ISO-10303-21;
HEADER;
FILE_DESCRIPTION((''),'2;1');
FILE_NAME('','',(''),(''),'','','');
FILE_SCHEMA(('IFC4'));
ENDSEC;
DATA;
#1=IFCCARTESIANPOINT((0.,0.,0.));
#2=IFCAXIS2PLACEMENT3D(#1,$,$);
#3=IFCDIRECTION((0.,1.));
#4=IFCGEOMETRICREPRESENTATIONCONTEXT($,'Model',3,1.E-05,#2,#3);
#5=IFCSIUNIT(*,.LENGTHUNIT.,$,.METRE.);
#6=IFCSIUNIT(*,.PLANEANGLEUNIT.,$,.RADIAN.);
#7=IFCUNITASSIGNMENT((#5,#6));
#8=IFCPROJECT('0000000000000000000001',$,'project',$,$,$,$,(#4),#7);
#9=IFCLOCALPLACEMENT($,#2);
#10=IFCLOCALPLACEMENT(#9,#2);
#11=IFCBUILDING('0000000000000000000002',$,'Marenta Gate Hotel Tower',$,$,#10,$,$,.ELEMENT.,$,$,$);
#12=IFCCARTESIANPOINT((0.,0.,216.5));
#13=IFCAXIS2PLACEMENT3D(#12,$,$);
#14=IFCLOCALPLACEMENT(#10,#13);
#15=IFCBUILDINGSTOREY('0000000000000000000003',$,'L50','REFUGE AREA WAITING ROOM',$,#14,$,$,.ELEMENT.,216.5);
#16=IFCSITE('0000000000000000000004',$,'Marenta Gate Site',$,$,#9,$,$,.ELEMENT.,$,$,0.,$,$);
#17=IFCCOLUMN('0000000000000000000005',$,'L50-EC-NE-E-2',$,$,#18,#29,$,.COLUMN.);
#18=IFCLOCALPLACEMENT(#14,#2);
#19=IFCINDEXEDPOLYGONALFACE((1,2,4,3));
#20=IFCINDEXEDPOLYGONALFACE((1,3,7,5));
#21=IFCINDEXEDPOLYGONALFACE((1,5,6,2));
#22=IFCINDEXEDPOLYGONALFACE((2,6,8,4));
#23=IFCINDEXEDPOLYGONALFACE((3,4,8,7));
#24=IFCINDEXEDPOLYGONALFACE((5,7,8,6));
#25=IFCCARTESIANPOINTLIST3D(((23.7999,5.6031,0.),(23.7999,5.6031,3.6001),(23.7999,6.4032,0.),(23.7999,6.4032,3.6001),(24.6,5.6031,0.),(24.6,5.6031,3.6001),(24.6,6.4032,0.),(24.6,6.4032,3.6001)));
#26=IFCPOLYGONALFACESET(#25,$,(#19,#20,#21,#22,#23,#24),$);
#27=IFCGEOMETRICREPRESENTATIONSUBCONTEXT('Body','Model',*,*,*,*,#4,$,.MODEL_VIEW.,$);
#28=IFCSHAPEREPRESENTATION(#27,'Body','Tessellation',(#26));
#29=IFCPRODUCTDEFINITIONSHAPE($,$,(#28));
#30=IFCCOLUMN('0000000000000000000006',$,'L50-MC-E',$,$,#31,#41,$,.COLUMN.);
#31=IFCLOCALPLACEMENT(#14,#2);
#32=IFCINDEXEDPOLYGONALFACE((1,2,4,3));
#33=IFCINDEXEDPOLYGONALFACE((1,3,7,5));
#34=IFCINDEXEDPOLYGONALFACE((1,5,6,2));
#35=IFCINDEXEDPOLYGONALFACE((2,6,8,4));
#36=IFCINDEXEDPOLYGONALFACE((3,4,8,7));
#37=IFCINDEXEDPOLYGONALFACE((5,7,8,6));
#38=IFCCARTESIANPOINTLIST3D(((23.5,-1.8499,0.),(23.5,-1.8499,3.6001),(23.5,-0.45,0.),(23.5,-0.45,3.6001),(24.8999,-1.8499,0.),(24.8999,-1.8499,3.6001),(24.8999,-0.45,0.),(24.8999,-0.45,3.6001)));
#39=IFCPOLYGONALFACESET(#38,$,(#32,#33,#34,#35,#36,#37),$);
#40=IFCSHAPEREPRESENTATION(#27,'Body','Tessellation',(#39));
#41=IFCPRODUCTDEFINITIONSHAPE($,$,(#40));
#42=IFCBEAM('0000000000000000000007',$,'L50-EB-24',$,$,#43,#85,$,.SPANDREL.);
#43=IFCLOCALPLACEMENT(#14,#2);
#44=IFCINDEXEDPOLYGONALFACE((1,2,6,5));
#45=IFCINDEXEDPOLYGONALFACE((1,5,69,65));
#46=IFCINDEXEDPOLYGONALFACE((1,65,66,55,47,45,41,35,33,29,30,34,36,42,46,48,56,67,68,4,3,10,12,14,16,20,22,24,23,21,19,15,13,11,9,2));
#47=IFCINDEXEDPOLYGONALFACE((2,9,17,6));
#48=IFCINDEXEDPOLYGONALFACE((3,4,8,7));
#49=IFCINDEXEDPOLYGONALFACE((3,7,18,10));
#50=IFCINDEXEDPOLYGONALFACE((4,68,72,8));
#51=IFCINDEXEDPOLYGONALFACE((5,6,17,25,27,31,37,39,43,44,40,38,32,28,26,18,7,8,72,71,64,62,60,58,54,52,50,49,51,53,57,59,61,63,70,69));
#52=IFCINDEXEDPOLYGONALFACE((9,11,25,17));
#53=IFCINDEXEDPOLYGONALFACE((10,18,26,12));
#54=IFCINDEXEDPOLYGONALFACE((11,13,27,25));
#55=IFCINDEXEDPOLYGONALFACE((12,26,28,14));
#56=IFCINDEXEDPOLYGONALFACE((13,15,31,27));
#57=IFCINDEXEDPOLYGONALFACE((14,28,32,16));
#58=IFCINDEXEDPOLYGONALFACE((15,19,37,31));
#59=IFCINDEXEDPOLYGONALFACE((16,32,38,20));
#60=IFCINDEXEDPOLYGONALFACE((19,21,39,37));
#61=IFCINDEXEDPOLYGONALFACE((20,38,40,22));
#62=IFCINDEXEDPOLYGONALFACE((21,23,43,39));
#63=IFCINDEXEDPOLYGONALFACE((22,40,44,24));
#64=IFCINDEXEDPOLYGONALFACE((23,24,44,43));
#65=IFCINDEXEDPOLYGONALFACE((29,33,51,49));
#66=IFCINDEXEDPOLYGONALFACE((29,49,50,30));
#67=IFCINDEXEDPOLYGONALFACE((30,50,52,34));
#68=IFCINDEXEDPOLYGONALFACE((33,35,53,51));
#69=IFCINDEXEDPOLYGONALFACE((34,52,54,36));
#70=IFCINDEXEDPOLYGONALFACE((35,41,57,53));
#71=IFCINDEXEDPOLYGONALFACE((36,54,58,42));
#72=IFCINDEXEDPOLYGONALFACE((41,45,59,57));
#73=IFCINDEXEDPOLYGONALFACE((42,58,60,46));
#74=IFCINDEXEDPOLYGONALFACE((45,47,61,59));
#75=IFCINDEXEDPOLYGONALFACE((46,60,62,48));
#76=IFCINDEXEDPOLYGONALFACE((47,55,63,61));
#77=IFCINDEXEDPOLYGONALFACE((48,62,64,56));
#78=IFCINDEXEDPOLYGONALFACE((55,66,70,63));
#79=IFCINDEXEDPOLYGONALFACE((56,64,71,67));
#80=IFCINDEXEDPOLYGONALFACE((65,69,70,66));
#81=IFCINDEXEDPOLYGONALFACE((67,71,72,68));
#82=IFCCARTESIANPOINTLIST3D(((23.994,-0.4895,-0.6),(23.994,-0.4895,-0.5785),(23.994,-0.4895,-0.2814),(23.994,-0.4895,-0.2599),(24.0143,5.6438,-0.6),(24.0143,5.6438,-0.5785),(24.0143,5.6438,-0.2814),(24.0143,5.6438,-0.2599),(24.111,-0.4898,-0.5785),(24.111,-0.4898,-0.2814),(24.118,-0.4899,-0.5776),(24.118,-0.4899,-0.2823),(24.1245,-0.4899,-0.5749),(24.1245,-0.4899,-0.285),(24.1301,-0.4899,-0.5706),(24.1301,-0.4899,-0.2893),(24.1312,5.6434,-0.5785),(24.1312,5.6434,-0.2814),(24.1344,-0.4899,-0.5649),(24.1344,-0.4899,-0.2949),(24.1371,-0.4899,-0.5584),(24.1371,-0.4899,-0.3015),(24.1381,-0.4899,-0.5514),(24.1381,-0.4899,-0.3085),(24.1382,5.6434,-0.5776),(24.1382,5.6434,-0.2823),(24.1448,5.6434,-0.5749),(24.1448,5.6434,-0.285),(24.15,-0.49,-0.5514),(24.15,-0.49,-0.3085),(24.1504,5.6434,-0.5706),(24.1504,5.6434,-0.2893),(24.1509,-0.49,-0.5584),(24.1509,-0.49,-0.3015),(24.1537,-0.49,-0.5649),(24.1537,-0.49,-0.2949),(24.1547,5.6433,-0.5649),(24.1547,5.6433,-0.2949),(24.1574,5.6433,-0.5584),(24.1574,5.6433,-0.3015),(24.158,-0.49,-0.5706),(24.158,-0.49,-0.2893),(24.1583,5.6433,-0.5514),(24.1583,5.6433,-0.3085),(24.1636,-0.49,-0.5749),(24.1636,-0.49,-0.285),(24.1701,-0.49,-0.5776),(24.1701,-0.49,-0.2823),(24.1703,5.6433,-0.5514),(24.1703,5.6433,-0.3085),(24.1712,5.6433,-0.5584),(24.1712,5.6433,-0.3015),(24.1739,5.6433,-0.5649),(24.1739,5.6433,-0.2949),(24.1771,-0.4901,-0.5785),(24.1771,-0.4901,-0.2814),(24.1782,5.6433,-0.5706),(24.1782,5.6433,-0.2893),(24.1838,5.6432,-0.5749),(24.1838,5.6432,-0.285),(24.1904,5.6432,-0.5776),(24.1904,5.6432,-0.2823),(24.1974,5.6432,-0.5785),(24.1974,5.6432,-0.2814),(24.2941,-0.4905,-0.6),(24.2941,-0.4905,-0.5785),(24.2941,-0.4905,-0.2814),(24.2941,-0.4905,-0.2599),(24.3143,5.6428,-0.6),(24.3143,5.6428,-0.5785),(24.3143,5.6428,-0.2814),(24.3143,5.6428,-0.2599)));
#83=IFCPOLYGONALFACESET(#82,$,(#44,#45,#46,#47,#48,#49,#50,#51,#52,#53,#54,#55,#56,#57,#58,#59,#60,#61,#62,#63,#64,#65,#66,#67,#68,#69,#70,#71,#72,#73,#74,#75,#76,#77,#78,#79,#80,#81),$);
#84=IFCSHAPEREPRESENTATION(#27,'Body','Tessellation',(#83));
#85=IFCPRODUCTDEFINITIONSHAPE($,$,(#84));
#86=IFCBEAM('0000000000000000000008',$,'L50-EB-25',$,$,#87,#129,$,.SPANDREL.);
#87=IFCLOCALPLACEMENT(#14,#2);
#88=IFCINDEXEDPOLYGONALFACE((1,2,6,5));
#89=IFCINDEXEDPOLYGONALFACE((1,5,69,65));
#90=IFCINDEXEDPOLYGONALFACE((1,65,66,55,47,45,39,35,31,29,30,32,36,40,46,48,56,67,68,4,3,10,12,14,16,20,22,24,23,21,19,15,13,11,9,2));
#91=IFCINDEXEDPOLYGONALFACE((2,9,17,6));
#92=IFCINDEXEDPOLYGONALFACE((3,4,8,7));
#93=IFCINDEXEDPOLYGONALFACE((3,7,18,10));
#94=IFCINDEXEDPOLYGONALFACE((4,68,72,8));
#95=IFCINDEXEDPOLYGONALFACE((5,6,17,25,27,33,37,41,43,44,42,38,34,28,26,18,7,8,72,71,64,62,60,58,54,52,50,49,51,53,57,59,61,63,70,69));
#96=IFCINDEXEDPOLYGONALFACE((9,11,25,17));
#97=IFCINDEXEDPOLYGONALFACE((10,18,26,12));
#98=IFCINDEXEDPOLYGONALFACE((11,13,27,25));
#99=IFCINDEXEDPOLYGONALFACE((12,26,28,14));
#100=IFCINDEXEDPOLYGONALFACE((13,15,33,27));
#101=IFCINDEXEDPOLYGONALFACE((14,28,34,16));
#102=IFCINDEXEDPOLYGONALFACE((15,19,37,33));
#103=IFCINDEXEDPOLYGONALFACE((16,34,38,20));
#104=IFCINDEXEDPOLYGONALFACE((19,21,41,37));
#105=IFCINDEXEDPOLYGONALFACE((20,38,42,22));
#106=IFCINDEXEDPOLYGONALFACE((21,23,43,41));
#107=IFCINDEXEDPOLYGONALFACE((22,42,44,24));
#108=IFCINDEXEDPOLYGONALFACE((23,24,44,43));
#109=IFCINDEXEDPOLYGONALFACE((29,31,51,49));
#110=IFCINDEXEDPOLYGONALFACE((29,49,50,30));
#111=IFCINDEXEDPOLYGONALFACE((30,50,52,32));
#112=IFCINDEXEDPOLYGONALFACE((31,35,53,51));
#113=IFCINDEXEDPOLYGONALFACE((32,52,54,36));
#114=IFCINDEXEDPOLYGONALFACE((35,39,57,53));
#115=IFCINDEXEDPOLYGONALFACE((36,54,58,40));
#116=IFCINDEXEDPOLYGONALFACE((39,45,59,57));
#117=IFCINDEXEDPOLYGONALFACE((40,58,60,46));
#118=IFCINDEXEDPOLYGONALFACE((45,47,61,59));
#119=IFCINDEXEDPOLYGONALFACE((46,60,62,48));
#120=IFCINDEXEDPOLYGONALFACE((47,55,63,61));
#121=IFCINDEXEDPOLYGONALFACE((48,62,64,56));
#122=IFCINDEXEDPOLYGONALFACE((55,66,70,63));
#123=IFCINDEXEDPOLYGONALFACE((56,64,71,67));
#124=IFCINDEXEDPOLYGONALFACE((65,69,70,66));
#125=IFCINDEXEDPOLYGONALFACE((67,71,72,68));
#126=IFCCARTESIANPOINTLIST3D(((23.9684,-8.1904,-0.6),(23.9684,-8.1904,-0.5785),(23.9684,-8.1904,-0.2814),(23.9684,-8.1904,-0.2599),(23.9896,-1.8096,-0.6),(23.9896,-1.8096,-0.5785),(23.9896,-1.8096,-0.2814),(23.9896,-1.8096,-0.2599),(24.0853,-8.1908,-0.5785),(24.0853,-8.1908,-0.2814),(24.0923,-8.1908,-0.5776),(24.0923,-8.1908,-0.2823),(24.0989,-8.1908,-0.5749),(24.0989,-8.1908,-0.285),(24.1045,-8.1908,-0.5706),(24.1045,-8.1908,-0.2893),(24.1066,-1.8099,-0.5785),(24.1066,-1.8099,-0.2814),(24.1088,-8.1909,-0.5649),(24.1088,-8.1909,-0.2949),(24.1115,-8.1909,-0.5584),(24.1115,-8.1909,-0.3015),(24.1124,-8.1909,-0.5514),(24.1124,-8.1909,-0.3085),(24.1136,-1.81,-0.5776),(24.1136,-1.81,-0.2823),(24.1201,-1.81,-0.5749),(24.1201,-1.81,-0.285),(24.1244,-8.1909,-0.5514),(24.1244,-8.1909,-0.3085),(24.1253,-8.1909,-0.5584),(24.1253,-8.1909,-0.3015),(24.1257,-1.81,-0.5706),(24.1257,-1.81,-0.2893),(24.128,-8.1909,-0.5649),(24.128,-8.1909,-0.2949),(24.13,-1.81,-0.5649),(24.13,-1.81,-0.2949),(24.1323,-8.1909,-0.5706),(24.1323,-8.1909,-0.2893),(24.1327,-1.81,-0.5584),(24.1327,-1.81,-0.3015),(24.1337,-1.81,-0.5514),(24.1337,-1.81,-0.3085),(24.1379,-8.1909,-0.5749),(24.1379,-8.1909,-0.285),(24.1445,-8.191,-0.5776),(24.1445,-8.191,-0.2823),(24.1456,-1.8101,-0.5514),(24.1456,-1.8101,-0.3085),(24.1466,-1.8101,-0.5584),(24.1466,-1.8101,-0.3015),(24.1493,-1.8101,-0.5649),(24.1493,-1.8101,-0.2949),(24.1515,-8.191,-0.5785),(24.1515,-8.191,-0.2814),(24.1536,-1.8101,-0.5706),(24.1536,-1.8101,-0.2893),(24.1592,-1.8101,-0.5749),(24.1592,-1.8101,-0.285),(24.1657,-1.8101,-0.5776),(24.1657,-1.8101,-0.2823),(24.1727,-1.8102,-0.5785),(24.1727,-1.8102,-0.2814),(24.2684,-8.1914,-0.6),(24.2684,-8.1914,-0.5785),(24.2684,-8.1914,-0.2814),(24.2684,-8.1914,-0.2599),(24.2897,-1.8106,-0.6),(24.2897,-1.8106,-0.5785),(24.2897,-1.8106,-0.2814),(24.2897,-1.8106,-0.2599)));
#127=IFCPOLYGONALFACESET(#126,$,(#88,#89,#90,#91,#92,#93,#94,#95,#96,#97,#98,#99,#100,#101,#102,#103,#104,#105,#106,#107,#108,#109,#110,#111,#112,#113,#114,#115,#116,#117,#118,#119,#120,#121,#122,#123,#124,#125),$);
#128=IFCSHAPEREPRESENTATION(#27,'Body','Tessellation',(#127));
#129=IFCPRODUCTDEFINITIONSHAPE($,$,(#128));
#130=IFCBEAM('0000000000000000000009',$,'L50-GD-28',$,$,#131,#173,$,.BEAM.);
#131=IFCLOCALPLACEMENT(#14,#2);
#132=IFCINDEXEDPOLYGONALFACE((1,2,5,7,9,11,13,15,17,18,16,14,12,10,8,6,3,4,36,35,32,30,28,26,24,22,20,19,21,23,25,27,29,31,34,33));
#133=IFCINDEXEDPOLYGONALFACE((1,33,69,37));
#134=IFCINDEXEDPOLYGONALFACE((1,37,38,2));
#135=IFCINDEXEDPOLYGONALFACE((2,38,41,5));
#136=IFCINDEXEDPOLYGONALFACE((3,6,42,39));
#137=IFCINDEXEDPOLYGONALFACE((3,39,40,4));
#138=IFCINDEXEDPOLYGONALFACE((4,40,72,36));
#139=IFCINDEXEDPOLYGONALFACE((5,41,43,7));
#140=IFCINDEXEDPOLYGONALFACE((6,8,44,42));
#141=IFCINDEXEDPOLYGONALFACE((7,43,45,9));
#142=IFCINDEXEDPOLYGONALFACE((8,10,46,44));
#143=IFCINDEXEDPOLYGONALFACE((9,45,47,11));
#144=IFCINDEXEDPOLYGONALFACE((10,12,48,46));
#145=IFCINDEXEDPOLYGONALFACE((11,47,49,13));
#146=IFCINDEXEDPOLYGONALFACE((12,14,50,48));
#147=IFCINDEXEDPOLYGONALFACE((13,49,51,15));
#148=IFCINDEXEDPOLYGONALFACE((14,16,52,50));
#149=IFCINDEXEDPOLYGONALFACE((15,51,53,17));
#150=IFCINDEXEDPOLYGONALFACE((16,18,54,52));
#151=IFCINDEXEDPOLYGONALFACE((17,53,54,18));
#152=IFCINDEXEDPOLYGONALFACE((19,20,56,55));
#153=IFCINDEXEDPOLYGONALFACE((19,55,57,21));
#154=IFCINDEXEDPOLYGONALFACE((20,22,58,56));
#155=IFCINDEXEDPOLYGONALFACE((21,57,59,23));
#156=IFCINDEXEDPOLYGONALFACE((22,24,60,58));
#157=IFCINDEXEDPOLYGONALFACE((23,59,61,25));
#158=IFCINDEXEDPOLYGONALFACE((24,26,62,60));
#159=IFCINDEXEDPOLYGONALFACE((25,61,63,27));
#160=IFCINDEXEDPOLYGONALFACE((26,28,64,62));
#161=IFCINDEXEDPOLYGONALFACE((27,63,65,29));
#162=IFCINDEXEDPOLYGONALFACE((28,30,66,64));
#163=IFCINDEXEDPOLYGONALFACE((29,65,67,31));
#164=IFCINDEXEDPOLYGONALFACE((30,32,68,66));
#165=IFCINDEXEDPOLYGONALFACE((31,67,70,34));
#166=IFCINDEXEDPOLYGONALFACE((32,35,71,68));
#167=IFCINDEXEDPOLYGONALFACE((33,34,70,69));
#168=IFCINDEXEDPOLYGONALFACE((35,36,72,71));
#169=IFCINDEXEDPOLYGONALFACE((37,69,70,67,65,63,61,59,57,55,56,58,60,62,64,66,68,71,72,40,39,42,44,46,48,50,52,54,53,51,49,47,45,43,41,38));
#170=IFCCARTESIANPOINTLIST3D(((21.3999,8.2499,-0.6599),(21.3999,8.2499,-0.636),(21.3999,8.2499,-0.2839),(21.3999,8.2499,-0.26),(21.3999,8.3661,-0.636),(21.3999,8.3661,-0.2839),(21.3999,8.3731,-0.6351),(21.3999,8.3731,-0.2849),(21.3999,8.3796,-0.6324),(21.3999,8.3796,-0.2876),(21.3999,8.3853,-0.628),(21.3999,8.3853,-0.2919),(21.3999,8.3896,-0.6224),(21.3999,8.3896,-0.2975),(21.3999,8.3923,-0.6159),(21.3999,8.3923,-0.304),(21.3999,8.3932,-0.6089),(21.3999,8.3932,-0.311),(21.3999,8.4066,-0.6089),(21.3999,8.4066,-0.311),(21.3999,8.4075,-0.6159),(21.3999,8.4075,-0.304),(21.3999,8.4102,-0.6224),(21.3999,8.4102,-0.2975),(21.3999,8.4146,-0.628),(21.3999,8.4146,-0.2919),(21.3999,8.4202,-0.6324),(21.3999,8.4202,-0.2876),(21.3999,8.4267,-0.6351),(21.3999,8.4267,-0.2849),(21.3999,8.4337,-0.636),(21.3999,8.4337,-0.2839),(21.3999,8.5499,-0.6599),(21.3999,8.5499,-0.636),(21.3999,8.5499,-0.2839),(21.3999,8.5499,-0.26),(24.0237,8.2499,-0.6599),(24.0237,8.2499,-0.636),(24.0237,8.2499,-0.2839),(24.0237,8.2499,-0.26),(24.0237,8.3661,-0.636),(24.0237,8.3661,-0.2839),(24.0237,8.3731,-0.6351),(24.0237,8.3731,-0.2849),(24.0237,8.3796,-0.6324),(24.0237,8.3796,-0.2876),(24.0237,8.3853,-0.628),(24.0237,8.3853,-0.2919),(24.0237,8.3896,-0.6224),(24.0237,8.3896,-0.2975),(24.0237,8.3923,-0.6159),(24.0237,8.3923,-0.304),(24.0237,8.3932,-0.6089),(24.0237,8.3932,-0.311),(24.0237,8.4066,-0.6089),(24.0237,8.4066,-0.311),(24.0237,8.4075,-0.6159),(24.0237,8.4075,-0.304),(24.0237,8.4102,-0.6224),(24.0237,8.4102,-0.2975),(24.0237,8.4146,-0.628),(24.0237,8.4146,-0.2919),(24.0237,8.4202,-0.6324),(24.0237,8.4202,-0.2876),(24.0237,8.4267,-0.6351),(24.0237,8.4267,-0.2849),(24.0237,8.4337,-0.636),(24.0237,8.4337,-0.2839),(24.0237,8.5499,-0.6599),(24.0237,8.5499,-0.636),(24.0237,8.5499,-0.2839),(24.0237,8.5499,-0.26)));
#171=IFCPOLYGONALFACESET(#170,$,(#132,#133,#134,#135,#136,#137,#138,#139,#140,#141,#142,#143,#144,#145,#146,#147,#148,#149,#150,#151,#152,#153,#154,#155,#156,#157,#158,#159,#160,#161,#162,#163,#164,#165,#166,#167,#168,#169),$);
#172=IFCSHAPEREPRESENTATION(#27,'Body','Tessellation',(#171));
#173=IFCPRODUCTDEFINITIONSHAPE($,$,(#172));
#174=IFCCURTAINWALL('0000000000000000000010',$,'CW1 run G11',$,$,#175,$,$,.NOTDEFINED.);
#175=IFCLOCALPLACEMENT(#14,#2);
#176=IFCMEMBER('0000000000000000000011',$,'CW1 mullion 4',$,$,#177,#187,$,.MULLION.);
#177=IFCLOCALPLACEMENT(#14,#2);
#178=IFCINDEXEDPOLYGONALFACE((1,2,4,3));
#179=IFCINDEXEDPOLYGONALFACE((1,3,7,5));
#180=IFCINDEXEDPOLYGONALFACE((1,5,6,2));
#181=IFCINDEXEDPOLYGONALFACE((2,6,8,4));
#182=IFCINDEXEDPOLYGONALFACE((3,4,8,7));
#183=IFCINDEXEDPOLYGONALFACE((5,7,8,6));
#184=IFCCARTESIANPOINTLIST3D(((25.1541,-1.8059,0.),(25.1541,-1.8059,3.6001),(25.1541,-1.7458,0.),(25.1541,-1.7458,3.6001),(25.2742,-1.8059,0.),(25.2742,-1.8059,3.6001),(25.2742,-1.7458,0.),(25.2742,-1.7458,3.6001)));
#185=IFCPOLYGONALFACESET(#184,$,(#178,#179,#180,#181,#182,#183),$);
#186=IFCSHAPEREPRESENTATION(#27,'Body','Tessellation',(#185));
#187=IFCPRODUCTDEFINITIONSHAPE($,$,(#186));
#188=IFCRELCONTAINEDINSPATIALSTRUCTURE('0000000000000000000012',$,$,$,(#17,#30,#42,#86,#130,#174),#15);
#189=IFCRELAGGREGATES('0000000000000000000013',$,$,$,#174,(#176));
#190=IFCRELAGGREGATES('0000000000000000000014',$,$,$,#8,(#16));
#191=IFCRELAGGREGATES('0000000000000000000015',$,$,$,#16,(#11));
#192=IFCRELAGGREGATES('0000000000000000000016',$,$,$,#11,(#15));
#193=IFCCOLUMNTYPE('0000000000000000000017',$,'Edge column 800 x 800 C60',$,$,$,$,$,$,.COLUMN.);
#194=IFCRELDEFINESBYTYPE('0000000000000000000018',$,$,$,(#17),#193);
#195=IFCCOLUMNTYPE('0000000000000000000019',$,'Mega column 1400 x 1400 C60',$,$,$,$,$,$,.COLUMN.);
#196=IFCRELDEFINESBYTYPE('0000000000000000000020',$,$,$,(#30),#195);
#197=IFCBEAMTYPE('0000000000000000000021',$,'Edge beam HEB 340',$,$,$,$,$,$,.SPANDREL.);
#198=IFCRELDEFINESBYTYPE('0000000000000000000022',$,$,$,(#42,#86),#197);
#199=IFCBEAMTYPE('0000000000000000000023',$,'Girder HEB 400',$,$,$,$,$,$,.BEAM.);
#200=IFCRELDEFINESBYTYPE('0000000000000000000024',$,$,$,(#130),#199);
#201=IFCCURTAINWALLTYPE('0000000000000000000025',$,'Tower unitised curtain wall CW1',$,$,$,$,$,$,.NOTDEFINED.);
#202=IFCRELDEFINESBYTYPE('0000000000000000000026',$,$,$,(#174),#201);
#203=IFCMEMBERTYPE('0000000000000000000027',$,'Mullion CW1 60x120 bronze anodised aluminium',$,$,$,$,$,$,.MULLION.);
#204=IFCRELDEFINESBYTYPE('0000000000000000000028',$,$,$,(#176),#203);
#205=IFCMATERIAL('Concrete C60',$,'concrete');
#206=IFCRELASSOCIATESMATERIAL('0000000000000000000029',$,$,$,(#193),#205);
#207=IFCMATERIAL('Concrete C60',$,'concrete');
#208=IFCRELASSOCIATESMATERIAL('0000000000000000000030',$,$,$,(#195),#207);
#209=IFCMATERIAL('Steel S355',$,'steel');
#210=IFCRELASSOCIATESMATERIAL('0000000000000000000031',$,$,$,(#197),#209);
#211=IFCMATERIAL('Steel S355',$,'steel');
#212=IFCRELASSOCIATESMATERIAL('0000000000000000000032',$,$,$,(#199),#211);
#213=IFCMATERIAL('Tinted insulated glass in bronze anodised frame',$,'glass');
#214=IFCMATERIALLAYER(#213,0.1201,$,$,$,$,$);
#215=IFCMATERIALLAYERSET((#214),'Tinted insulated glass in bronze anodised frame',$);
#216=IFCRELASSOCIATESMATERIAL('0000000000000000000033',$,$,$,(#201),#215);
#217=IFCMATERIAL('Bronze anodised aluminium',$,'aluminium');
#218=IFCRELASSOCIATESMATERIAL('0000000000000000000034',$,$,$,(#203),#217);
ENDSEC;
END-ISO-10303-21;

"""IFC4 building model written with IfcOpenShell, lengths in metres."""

from ifc_helpers import new_model, si_unit, direction, frame, origin, origin_2d, place, context, subcontext, project, spatial, rectangle, i_section, extrude, material, layer, layer_set, material_profile, profile_set, type_object, element, aggregate, save


model = new_model("IFC4")

# Units and contexts
model_context = context("Model", 3, precision=1e-05, world=origin(), true_north=direction((0.0, 1.0)))
body_context = subcontext(model_context, "Body", "Model", "MODEL_VIEW")
ifc_project = project(units=[si_unit("LENGTHUNIT", "METRE"), si_unit("PLANEANGLEUNIT", "RADIAN")], contexts=[model_context])

# Site, building, storey
site_placement = place(None, origin())
site = spatial("IfcSite", under=ifc_project, at=site_placement, Name="Marenta Gate Site", CompositionType="ELEMENT", RefElevation=0.0)
building_placement = place(site_placement, origin())
building = spatial("IfcBuilding", under=site, at=building_placement, Name="Marenta Gate Hotel Tower", CompositionType="ELEMENT")
storey_placement = place(building_placement, frame((0.0, 0.0, 216.5)))
storey = spatial("IfcBuildingStorey", under=building, at=storey_placement, Name="L50", Description="REFUGE AREA WAITING ROOM", CompositionType="ELEMENT", Elevation=216.5)

# Columns
ifc_material_1 = material(Name="Concrete C60", Category="concrete")
ifc_material_profile_1 = material_profile(ifc_material_1, rectangle(XDim=0.8, YDim=0.8, at=origin_2d()), Name="800 x 800")
ifc_profile_set_1 = profile_set([ifc_material_profile_1], Name="Concrete C60")
column_type_1 = type_object("IfcColumnType", Name="Edge column 800 x 800 C60", PredefinedType="COLUMN", material=ifc_profile_set_1)
column_1_placement = place(storey_placement, frame((24.2, 6.0032, 0.0), z_axis=(0.0, 0.0, 1.0), x_axis=(1.0, 0.0, 0.0)))
element("IfcColumn", 1, at=column_1_placement, inside=storey, type_object=column_type_1, Name="L50-EC-NE-E-2", PredefinedType="COLUMN", context=body_context, shape_type="SweptSolid", body=[
    extrude(rectangle(XDim=0.8, YDim=0.8, at=origin_2d()), origin(), (0.0, 0.0, 1.0), 3.6001),
])
ifc_material_2 = material(Name="Concrete C60", Category="concrete")
ifc_material_profile_2 = material_profile(ifc_material_2, rectangle(XDim=1.3999, YDim=1.3999, at=origin_2d()), Name="1400 x 1400")
ifc_profile_set_2 = profile_set([ifc_material_profile_2], Name="Concrete C60")
column_type_2 = type_object("IfcColumnType", Name="Mega column 1400 x 1400 C60", PredefinedType="COLUMN", material=ifc_profile_set_2)
column_2_placement = place(storey_placement, frame((24.2, -1.1499, 0.0), z_axis=(0.0, 0.0, 1.0), x_axis=(1.0, 0.0, 0.0)))
element("IfcColumn", 2, at=column_2_placement, inside=storey, type_object=column_type_2, Name="L50-MC-E", PredefinedType="COLUMN", context=body_context, shape_type="SweptSolid", body=[
    extrude(rectangle(XDim=1.3999, YDim=1.3999, at=origin_2d()), origin(), (0.0, 0.0, 1.0), 3.6001),
])

# Beams
ifc_material_3 = material(Name="Steel S355", Category="steel")
ifc_material_profile_3 = material_profile(ifc_material_3, i_section(OverallWidth=0.3, OverallDepth=0.3401, WebThickness=0.012, FlangeThickness=0.0215, FilletRadius=0.0271, at=origin_2d()), Name="HEB 340")
ifc_profile_set_3 = profile_set([ifc_material_profile_3], Name="Steel S355")
beam_type_1 = type_object("IfcBeamType", Name="Edge beam HEB 340", PredefinedType="SPANDREL", material=ifc_profile_set_3)
beam_1_placement = place(storey_placement, frame((24.1643, 5.6433, -0.4299), z_axis=(-0.003304, -0.999995, 0.0), x_axis=(0.999995, -0.003304, 0.0)))
element("IfcBeam", 3, at=beam_1_placement, inside=storey, type_object=beam_type_1, Name="L50-EB-24", PredefinedType="SPANDREL", context=body_context, shape_type="SweptSolid", body=[
    extrude(i_section(OverallWidth=0.3, OverallDepth=0.3401, WebThickness=0.012, FlangeThickness=0.0215, FilletRadius=0.0271, at=origin_2d()), origin(), (0.0, 0.0, 1.0), 6.1333),
])
beam_2_placement = place(storey_placement, frame((24.1396, -1.8101, -0.4299), z_axis=(-0.003329, -0.999994, 0.0), x_axis=(0.999994, -0.003329, 0.0)))
element("IfcBeam", 4, at=beam_2_placement, inside=storey, type_object=beam_type_1, Name="L50-EB-25", PredefinedType="SPANDREL", context=body_context, shape_type="SweptSolid", body=[
    extrude(i_section(OverallWidth=0.3, OverallDepth=0.3401, WebThickness=0.012, FlangeThickness=0.0215, FilletRadius=0.0271, at=origin_2d()), origin(), (0.0, 0.0, 1.0), 6.3809),
])
ifc_material_4 = material(Name="Steel S355", Category="steel")
ifc_material_profile_4 = material_profile(ifc_material_4, i_section(OverallWidth=0.3, OverallDepth=0.3999, WebThickness=0.0134, FlangeThickness=0.0239, FilletRadius=0.0271, at=origin_2d()), Name="HEB 400")
ifc_profile_set_4 = profile_set([ifc_material_profile_4], Name="Steel S355")
beam_type_2 = type_object("IfcBeamType", Name="Girder HEB 400", PredefinedType="BEAM", material=ifc_profile_set_4)
beam_3_placement = place(storey_placement, frame((21.3999, 8.3999, -0.46), z_axis=(1.0, 0.0, 0.0), x_axis=(0.0, 1.0, 0.0)))
element("IfcBeam", 5, at=beam_3_placement, inside=storey, type_object=beam_type_2, Name="L50-GD-28", PredefinedType="BEAM", context=body_context, shape_type="SweptSolid", body=[
    extrude(i_section(OverallWidth=0.3, OverallDepth=0.3999, WebThickness=0.0134, FlangeThickness=0.0239, FilletRadius=0.0271, at=origin_2d()), origin(), (0.0, 0.0, 1.0), 2.6238),
])

# Curtain wall, member
ifc_material_5 = material(Name="Tinted insulated glass in bronze anodised frame", Category="glass")
ifc_layer_1 = layer(ifc_material_5, 0.1201)
ifc_layer_set_1 = layer_set([ifc_layer_1], Name="Tinted insulated glass in bronze anodised frame")
curtain_wall_type = type_object("IfcCurtainWallType", Name="Tower unitised curtain wall CW1", PredefinedType="NOTDEFINED", material=ifc_layer_set_1)
curtain_wall_placement = place(storey_placement, origin())
curtain_wall = element("IfcCurtainWall", 6, at=curtain_wall_placement, inside=storey, type_object=curtain_wall_type, Name="CW1 run G11", PredefinedType="NOTDEFINED")
ifc_material_6 = material(Name="Bronze anodised aluminium", Category="aluminium")
ifc_material_profile_5 = material_profile(ifc_material_6, rectangle(XDim=0.1201, YDim=0.0601, at=origin_2d()), Name="Mullion CW1 60x120 bronze anodised aluminium")
ifc_profile_set_5 = profile_set([ifc_material_profile_5], Name="Bronze anodised aluminium")
member_type_1 = type_object("IfcMemberType", Name="Mullion CW1 60x120 bronze anodised aluminium", PredefinedType="MULLION", material=ifc_profile_set_5)
member_1_placement = place(storey_placement, frame((25.2141, -1.7759, 0.0), z_axis=(0.0, 0.0, 1.0), x_axis=(-1.0, 0.0, 0.0)))
member_1 = element("IfcMember", 7, at=member_1_placement, type_object=member_type_1, Name="CW1 mullion 4", PredefinedType="MULLION", context=body_context, shape_type="SweptSolid", body=[
    extrude(rectangle(XDim=0.1201, YDim=0.0601, at=origin_2d()), origin(), (0.0, 0.0, 1.0), 3.6001),
])
aggregate(curtain_wall, [member_1])

save(model, "model.ifc")
